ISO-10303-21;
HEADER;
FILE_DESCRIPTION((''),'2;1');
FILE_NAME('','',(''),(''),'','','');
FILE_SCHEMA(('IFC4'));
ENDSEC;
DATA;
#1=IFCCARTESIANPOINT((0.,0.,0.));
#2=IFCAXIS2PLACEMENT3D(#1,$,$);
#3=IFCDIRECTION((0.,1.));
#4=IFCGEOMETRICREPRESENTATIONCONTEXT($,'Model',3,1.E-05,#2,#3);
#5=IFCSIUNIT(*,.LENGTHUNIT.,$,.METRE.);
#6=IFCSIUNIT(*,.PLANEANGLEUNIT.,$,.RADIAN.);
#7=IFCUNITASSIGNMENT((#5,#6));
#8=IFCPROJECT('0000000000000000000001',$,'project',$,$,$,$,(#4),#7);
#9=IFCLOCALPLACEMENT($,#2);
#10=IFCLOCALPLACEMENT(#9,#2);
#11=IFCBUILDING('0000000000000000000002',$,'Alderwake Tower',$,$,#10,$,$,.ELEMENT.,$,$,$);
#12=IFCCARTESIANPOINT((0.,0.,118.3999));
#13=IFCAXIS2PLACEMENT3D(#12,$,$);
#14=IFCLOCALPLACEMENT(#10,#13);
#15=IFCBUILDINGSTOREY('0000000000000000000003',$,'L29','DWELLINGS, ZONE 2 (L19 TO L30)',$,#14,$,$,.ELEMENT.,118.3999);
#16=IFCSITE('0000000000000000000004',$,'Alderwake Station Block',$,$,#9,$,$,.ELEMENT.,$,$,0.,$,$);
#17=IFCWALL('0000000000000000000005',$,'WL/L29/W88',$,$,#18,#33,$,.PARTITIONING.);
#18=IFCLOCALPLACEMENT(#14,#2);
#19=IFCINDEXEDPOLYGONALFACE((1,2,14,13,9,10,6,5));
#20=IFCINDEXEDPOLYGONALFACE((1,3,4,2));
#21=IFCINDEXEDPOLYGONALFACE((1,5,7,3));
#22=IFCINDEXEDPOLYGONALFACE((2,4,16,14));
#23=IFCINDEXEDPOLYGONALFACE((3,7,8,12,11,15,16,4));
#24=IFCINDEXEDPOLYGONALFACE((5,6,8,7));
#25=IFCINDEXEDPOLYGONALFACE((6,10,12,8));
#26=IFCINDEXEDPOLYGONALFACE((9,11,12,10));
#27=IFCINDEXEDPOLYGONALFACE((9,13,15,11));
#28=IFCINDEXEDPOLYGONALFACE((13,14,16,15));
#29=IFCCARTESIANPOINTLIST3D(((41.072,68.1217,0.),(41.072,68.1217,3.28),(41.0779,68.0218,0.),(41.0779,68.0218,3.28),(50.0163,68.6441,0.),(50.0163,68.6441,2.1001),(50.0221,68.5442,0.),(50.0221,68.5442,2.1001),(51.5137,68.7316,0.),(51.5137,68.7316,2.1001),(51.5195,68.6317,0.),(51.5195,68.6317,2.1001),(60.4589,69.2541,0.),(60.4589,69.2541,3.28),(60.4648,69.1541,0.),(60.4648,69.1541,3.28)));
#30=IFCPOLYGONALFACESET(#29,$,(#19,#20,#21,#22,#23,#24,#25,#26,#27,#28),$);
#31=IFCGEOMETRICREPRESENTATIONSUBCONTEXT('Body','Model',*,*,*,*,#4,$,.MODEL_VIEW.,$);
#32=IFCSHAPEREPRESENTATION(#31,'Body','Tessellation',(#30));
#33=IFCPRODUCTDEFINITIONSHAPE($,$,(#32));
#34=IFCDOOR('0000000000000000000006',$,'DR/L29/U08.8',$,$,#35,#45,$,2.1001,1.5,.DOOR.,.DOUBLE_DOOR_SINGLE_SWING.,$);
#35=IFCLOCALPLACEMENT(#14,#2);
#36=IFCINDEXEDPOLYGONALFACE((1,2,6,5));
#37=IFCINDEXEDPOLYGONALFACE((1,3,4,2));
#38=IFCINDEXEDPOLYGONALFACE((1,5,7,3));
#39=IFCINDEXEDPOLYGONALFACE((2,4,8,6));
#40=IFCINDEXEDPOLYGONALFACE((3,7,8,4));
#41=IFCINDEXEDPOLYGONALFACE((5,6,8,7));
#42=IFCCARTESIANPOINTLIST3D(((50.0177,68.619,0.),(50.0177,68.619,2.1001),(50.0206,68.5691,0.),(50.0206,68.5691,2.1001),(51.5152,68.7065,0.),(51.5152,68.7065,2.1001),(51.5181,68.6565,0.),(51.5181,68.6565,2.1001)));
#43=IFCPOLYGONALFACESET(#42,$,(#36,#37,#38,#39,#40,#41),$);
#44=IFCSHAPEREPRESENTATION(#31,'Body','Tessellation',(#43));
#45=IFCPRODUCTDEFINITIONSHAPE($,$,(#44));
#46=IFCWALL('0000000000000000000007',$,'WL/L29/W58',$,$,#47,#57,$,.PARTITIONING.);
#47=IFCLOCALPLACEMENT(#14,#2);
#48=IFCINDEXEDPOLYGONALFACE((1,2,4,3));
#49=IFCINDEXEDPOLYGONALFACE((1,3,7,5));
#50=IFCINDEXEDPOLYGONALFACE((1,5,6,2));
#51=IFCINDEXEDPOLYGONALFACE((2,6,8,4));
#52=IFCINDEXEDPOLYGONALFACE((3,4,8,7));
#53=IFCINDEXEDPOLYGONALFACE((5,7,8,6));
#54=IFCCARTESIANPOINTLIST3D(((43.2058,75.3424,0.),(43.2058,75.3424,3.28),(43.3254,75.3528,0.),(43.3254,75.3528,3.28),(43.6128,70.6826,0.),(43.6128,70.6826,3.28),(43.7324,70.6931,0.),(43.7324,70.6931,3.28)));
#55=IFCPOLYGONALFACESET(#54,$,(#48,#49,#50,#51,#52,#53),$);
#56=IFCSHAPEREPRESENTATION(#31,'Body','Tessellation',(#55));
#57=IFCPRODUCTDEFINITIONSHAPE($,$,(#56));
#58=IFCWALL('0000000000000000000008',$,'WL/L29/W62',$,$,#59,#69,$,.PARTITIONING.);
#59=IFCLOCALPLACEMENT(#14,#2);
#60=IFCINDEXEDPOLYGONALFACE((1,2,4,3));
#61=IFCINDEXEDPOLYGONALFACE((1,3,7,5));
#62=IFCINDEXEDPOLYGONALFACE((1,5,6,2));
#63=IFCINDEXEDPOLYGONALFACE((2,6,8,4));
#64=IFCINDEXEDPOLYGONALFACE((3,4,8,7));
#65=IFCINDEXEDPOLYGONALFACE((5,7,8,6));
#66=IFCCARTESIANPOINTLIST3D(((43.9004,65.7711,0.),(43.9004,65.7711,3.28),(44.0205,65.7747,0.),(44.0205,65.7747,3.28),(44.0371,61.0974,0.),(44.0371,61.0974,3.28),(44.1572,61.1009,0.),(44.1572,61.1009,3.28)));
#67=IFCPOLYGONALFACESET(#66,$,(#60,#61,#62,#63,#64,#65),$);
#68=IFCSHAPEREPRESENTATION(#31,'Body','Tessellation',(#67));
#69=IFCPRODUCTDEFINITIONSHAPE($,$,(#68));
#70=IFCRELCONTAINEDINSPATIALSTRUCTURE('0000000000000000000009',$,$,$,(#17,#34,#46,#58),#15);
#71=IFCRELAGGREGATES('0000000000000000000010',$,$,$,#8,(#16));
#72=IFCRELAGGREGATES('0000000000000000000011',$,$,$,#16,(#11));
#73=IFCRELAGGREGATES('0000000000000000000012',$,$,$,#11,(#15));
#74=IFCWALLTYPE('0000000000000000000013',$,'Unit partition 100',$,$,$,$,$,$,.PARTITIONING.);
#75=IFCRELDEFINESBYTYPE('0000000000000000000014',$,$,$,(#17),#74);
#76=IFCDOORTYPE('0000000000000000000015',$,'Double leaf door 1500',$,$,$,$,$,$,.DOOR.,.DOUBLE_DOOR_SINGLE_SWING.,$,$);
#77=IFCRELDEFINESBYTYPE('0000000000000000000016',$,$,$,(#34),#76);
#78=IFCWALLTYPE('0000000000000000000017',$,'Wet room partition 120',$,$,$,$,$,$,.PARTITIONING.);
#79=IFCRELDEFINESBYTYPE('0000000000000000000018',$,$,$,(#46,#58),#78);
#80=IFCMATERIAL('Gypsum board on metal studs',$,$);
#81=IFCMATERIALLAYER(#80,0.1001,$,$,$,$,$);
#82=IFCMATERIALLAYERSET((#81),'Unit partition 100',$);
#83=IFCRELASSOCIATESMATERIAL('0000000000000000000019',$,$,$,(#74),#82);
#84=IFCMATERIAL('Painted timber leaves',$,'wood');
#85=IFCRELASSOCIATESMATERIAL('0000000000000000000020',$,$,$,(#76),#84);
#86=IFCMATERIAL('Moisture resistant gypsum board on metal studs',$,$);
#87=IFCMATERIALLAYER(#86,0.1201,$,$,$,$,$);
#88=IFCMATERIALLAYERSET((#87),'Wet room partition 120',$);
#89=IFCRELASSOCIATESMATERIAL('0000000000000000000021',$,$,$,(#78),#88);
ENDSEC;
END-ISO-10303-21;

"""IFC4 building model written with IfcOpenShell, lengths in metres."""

from ifc_helpers import new_model, si_unit, direction, frame, frame_2d, origin, place, context, subcontext, project, spatial, rectangle, extrude, material, layer, layer_set, type_object, element, fill, save


model = new_model("IFC4")

# Units and contexts
model_context = context("Model", 3, precision=1e-05, world=origin(), true_north=direction((0.0, 1.0)))
body_context = subcontext(model_context, "Body", "Model", "MODEL_VIEW")
ifc_project = project(units=[si_unit("LENGTHUNIT", "METRE"), si_unit("PLANEANGLEUNIT", "RADIAN")], contexts=[model_context])

# Site, building, storey
site_placement = place(None, origin())
site = spatial("IfcSite", under=ifc_project, at=site_placement, Name="Alderwake Station Block", CompositionType="ELEMENT", RefElevation=0.0)
building_placement = place(site_placement, origin())
building = spatial("IfcBuilding", under=site, at=building_placement, Name="Alderwake Tower", CompositionType="ELEMENT")
storey_placement = place(building_placement, frame((0.0, 0.0, 118.3999)))
storey = spatial("IfcBuildingStorey", under=building, at=storey_placement, Name="L29", Description="DWELLINGS, ZONE 2 (L19 TO L30)", CompositionType="ELEMENT", Elevation=118.3999)

# Shared definitions
ifc_material_1 = material(Name="Gypsum board on metal studs")
ifc_layer_1 = layer(ifc_material_1, 0.1001)
ifc_layer_set_1 = layer_set([ifc_layer_1], Name="Unit partition 100")
wall_type_1 = type_object("IfcWallType", Name="Unit partition 100", PredefinedType="PARTITIONING", material=ifc_layer_set_1)

# Wall, opening, door
wall_1_placement = place(storey_placement, frame((41.075, 68.0718, 0.0), z_axis=(0.0, 0.0, 1.0), x_axis=(0.998299, 0.058307, 0.0)))
wall_1 = element("IfcWall", 1, at=wall_1_placement, inside=storey, type_object=wall_type_1, Name="WL/L29/W88", PredefinedType="PARTITIONING", context=body_context, shape_type="SweptSolid", body=[
    extrude(rectangle(XDim=19.4199, YDim=0.1001, at=frame_2d((9.71, 0.0))), origin(), (0.0, 0.0, 1.0), 3.28),
])
opening_1_placement = place(wall_1_placement, frame((8.9595, 0.0, 0.0)))
opening_1 = element("IfcOpeningElement", 2, at=opening_1_placement, cuts=wall_1, PredefinedType="OPENING", context=body_context, shape_type="SweptSolid", body=[
    extrude(rectangle(XDim=1.5, YDim=2.1001, at=frame_2d((0.75, 1.05))), frame((0.0, 0.0601, 0.0), z_axis=(0.0, -1.0, 0.0), x_axis=(1.0, 0.0, 0.0)), (0.0, 0.0, 1.0), 0.1201),
])
ifc_material_2 = material(Name="Painted timber leaves", Category="wood")
door_type_1 = type_object("IfcDoorType", Name="Double leaf door 1500", OperationType="DOUBLE_DOOR_SINGLE_SWING", PredefinedType="DOOR", material=ifc_material_2)
door_1_placement = place(opening_1_placement, origin())
door_1 = element("IfcDoor", 3, at=door_1_placement, inside=storey, type_object=door_type_1, Name="DR/L29/U08.8", OperationType="DOUBLE_DOOR_SINGLE_SWING", OverallHeight=2.1001, OverallWidth=1.5, PredefinedType="DOOR", context=body_context, shape_type="SweptSolid", body=[
    extrude(rectangle(XDim=1.5, YDim=2.1001, at=frame_2d((0.75, 1.05))), frame((0.0, 0.0249, 0.0), z_axis=(0.0, -1.0, 0.0), x_axis=(1.0, 0.0, 0.0)), (0.0, 0.0, 1.0), 0.05),
])
fill(opening_1, door_1)

# Walls
ifc_material_3 = material(Name="Moisture resistant gypsum board on metal studs")
ifc_layer_2 = layer(ifc_material_3, 0.1201)
ifc_layer_set_2 = layer_set([ifc_layer_2], Name="Wet room partition 120")
wall_type_2 = type_object("IfcWallType", Name="Wet room partition 120", PredefinedType="PARTITIONING", material=ifc_layer_set_2)
wall_2_placement = place(storey_placement, frame((43.6726, 70.6877, 0.0), z_axis=(0.0, 0.0, 1.0), x_axis=(-0.08701, 0.996207, 0.0)))
element("IfcWall", 4, at=wall_2_placement, inside=storey, type_object=wall_type_2, Name="WL/L29/W58", PredefinedType="PARTITIONING", context=body_context, shape_type="SweptSolid", body=[
    extrude(rectangle(XDim=4.6775, YDim=0.1201, at=frame_2d((2.3389, 0.0))), origin(), (0.0, 0.0, 1.0), 3.28),
])
wall_3_placement = place(storey_placement, frame((44.0972, 61.0991, 0.0), z_axis=(0.0, 0.0, 1.0), x_axis=(-0.029239, 0.999572, 0.0)))
element("IfcWall", 5, at=wall_3_placement, inside=storey, type_object=wall_type_2, Name="WL/L29/W62", PredefinedType="PARTITIONING", context=body_context, shape_type="SweptSolid", body=[
    extrude(rectangle(XDim=4.6758, YDim=0.1201, at=frame_2d((2.3379, 0.0))), origin(), (0.0, 0.0, 1.0), 3.28),
])

save(model, "model.ifc")
